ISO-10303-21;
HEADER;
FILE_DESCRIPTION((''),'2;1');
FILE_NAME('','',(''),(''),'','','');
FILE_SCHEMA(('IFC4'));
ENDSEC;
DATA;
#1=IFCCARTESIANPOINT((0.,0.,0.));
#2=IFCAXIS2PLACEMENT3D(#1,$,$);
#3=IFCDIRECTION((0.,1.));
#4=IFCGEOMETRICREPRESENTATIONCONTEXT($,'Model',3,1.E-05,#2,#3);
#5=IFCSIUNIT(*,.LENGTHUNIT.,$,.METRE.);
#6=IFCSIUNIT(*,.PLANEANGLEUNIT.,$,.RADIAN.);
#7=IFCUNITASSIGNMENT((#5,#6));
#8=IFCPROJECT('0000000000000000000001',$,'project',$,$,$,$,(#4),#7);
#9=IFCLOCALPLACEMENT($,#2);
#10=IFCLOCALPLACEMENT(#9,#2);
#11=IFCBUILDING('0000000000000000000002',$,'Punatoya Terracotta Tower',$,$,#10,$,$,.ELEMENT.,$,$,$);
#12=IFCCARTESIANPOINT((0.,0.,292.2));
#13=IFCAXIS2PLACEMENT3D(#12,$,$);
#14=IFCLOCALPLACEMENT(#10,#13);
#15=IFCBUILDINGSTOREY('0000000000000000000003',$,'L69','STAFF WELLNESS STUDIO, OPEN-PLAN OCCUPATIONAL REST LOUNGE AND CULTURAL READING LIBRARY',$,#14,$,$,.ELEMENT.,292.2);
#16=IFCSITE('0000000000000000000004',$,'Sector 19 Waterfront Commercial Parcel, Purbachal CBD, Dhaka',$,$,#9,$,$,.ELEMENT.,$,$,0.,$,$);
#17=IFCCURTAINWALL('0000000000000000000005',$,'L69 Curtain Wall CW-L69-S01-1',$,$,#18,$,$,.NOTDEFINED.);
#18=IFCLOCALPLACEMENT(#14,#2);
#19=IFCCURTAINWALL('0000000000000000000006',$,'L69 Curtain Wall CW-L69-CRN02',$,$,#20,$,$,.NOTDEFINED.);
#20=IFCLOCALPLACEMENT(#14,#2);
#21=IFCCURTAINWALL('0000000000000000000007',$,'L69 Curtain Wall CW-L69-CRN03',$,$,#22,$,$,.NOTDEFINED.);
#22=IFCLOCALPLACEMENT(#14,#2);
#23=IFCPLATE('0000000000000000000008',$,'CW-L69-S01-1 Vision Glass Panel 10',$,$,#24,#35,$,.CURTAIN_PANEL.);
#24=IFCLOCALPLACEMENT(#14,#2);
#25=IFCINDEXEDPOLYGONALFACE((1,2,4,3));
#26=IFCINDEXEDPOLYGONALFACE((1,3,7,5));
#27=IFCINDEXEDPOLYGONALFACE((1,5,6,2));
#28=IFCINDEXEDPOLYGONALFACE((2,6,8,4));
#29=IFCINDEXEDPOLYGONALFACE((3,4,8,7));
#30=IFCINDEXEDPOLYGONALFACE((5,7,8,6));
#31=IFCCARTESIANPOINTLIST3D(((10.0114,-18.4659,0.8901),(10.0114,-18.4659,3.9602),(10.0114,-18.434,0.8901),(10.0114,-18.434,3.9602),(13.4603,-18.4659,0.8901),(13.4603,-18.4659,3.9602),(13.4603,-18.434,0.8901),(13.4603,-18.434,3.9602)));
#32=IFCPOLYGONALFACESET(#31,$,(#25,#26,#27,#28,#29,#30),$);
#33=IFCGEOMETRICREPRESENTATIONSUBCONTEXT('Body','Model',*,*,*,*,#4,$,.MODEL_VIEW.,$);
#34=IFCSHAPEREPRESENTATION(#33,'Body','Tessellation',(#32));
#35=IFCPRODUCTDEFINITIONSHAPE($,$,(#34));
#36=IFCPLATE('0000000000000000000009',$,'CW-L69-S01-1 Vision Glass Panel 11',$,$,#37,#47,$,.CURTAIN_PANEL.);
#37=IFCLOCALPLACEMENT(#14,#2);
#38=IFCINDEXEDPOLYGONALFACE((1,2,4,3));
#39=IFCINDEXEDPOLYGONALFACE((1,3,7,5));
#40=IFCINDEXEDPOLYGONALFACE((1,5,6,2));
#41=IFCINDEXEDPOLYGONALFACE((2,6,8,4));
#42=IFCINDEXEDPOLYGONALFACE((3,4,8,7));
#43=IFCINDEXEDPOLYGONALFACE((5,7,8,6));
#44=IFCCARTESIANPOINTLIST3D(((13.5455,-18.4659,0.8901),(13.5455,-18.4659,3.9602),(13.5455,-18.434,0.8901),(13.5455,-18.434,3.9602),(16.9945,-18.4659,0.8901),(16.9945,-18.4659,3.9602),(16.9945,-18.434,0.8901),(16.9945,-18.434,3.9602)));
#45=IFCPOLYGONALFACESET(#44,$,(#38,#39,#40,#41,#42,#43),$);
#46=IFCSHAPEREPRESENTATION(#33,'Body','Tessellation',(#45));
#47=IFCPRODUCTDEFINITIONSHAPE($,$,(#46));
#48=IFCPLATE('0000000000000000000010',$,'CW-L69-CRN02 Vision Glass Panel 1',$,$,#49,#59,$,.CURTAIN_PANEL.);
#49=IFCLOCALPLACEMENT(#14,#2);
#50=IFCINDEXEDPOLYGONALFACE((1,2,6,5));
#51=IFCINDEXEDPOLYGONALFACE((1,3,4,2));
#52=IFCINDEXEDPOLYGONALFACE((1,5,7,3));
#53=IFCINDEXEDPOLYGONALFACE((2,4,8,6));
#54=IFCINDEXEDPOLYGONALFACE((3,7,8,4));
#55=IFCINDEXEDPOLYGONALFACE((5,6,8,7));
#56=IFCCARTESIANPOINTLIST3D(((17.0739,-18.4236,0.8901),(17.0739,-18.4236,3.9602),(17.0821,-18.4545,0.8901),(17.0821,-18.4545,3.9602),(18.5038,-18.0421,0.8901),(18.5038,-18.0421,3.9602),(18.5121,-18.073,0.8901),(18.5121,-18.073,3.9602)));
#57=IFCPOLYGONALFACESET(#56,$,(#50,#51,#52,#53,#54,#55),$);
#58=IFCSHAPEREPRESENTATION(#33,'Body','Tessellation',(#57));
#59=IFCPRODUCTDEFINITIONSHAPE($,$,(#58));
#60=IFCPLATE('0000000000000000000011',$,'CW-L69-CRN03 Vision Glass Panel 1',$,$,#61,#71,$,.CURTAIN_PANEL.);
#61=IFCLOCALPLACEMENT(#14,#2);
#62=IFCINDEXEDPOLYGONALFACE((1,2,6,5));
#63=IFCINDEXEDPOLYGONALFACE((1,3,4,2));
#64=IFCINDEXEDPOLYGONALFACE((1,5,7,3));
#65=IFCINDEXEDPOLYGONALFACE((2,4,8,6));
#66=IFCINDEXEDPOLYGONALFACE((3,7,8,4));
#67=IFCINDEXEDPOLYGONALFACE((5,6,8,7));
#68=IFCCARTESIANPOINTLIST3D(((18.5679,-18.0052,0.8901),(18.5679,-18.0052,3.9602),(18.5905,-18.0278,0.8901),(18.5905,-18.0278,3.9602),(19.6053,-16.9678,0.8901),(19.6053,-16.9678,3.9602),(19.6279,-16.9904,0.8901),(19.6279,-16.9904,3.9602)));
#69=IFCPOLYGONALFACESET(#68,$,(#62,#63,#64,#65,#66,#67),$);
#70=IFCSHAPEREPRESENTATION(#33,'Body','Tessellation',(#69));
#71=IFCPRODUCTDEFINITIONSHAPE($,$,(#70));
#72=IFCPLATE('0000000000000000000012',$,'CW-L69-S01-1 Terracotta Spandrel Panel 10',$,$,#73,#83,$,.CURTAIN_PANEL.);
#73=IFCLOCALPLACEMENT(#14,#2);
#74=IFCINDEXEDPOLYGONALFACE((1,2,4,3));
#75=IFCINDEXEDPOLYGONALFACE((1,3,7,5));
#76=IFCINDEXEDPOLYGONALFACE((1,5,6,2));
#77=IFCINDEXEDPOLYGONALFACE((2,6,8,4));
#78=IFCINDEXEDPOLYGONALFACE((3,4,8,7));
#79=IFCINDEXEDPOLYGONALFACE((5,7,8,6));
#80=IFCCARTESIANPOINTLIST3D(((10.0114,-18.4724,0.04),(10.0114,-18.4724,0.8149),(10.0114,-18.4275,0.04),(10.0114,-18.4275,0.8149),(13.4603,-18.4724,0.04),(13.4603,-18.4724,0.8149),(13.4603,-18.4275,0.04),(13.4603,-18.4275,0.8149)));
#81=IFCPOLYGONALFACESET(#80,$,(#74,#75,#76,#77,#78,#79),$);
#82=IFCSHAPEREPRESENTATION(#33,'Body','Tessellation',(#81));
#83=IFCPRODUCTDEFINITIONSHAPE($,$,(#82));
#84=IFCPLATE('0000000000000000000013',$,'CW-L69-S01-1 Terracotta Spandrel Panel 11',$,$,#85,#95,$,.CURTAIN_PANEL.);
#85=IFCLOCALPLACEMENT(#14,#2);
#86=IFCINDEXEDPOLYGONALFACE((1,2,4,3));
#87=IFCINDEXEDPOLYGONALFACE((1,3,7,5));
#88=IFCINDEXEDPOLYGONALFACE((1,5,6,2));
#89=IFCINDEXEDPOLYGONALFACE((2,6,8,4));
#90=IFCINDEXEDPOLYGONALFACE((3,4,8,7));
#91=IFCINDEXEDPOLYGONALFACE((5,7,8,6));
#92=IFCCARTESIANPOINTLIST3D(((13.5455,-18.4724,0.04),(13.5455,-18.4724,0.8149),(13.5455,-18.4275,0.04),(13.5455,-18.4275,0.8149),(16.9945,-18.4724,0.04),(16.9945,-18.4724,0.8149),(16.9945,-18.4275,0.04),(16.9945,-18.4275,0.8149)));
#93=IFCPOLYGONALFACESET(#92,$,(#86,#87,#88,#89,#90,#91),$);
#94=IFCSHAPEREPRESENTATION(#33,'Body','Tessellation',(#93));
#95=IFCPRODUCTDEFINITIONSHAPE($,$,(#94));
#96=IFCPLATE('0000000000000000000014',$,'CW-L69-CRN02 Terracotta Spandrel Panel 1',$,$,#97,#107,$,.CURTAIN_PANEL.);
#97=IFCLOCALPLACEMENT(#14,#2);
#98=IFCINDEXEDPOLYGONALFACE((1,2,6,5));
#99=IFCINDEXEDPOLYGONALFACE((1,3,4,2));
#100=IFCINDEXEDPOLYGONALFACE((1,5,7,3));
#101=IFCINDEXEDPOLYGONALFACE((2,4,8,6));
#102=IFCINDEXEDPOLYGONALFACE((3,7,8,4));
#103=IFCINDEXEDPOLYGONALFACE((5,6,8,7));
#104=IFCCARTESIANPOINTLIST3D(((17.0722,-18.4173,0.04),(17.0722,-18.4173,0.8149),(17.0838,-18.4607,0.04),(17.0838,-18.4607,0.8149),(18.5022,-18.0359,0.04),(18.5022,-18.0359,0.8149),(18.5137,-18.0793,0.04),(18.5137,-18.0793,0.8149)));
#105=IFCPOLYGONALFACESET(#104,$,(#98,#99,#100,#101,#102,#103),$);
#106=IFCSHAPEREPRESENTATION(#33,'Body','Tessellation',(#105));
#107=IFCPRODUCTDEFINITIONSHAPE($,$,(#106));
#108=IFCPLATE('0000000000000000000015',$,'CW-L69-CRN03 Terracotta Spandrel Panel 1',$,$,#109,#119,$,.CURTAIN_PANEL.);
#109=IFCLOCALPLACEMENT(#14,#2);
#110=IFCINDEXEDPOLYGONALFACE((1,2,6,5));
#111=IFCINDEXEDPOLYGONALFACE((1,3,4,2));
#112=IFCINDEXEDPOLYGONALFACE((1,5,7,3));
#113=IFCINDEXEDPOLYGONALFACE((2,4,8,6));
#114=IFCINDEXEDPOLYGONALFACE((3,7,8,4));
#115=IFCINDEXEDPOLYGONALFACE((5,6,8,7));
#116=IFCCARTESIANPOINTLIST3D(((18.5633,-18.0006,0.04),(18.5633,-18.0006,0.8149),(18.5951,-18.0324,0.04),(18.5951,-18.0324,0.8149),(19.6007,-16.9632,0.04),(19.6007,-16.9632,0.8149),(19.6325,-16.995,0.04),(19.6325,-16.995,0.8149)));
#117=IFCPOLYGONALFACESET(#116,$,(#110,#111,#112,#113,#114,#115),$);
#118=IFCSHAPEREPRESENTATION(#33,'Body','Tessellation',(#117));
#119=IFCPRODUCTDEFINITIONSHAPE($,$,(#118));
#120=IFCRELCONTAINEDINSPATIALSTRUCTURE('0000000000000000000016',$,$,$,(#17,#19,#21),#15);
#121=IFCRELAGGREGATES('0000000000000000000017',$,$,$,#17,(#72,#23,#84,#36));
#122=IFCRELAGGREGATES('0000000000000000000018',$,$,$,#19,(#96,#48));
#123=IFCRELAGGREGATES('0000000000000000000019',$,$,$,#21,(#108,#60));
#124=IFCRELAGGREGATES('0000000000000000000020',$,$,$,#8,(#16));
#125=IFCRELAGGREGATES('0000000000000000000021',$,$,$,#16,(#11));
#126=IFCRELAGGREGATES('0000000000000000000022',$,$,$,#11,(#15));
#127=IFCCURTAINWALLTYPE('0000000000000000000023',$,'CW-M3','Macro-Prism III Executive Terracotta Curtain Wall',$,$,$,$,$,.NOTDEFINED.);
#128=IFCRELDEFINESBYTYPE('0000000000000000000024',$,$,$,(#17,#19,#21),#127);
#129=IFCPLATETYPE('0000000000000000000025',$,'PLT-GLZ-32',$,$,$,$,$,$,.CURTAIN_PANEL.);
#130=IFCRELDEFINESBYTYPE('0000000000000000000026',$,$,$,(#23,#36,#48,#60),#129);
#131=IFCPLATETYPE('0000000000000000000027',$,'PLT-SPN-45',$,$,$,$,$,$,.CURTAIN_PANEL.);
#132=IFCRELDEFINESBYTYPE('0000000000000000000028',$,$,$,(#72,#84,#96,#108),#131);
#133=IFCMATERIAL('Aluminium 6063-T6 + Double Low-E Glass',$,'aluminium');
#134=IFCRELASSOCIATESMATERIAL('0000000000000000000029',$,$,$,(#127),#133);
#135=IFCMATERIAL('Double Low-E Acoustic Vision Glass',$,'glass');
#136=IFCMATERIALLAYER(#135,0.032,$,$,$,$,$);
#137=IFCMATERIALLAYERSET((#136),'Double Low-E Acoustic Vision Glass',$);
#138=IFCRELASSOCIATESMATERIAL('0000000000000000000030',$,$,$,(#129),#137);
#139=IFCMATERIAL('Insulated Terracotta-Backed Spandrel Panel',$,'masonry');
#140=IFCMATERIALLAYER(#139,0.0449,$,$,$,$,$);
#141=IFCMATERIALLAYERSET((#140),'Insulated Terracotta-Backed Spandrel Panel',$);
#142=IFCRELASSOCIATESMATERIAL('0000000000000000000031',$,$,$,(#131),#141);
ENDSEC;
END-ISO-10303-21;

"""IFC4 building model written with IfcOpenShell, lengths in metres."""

from ifc_helpers import new_model, si_unit, direction, frame, origin, origin_2d, place, context, subcontext, project, spatial, rectangle, extrude, material, layer, layer_set, type_object, element, aggregate, save


model = new_model("IFC4")

# Units and contexts
model_context = context("Model", 3, precision=1e-05, world=origin(), true_north=direction((0.0, 1.0)))
body_context = subcontext(model_context, "Body", "Model", "MODEL_VIEW")
ifc_project = project(units=[si_unit("LENGTHUNIT", "METRE"), si_unit("PLANEANGLEUNIT", "RADIAN")], contexts=[model_context])

# Site, building, storey
site_placement = place(None, origin())
site = spatial("IfcSite", under=ifc_project, at=site_placement, Name="Sector 19 Waterfront Commercial Parcel, Purbachal CBD, Dhaka", CompositionType="ELEMENT", RefElevation=0.0)
building_placement = place(site_placement, origin())
building = spatial("IfcBuilding", under=site, at=building_placement, Name="Punatoya Terracotta Tower", CompositionType="ELEMENT")
storey_placement = place(building_placement, frame((0.0, 0.0, 292.2)))
storey = spatial("IfcBuildingStorey", under=building, at=storey_placement, Name="L69", Description="STAFF WELLNESS STUDIO, OPEN-PLAN OCCUPATIONAL REST LOUNGE AND CULTURAL READING LIBRARY", CompositionType="ELEMENT", Elevation=292.2)

# Curtain walls
ifc_material_1 = material(Name="Aluminium 6063-T6 + Double Low-E Glass", Category="aluminium")
curtain_wall_type = type_object("IfcCurtainWallType", Name="CW-M3", Description="Macro-Prism III Executive Terracotta Curtain Wall", PredefinedType="NOTDEFINED", material=ifc_material_1)
curtain_wall_1_placement = place(storey_placement, origin())
curtain_wall_1 = element("IfcCurtainWall", 1, at=curtain_wall_1_placement, inside=storey, type_object=curtain_wall_type, Name="L69 Curtain Wall CW-L69-S01-1", PredefinedType="NOTDEFINED")
curtain_wall_2_placement = place(storey_placement, origin())
curtain_wall_2 = element("IfcCurtainWall", 2, at=curtain_wall_2_placement, inside=storey, type_object=curtain_wall_type, Name="L69 Curtain Wall CW-L69-CRN02", PredefinedType="NOTDEFINED")
curtain_wall_3_placement = place(storey_placement, origin())
curtain_wall_3 = element("IfcCurtainWall", 3, at=curtain_wall_3_placement, inside=storey, type_object=curtain_wall_type, Name="L69 Curtain Wall CW-L69-CRN03", PredefinedType="NOTDEFINED")

# Plates
ifc_material_2 = material(Name="Double Low-E Acoustic Vision Glass", Category="glass")
ifc_layer_1 = layer(ifc_material_2, 0.032)
ifc_layer_set_1 = layer_set([ifc_layer_1], Name="Double Low-E Acoustic Vision Glass")
plate_type_1 = type_object("IfcPlateType", Name="PLT-GLZ-32", PredefinedType="CURTAIN_PANEL", material=ifc_layer_set_1)
plate_1_placement = place(storey_placement, frame((11.7358, -18.45, 0.8901), z_axis=(0.0, 0.0, 1.0), x_axis=(1.0, 0.0, 0.0)))
plate_1 = element("IfcPlate", 4, at=plate_1_placement, type_object=plate_type_1, Name="CW-L69-S01-1 Vision Glass Panel 10", PredefinedType="CURTAIN_PANEL", context=body_context, shape_type="SweptSolid", body=[
    extrude(rectangle(XDim=3.449, YDim=0.032, at=origin_2d()), origin(), (0.0, 0.0, 1.0), 3.0701),
])
plate_2_placement = place(storey_placement, frame((15.27, -18.45, 0.8901), z_axis=(0.0, 0.0, 1.0), x_axis=(1.0, 0.0, 0.0)))
plate_2 = element("IfcPlate", 5, at=plate_2_placement, type_object=plate_type_1, Name="CW-L69-S01-1 Vision Glass Panel 11", PredefinedType="CURTAIN_PANEL", context=body_context, shape_type="SweptSolid", body=[
    extrude(rectangle(XDim=3.449, YDim=0.032, at=origin_2d()), origin(), (0.0, 0.0, 1.0), 3.0701),
])
plate_3_placement = place(storey_placement, frame((17.793, -18.2483, 0.8901), z_axis=(0.0, 0.0, 1.0), x_axis=(0.966214, 0.257742, 0.0)))
plate_3 = element("IfcPlate", 6, at=plate_3_placement, type_object=plate_type_1, Name="CW-L69-CRN02 Vision Glass Panel 1", PredefinedType="CURTAIN_PANEL", context=body_context, shape_type="SweptSolid", body=[
    extrude(rectangle(XDim=1.48, YDim=0.032, at=origin_2d()), origin(), (0.0, 0.0, 1.0), 3.0701),
])
plate_4_placement = place(storey_placement, frame((19.0979, -17.4978, 0.8901), z_axis=(0.0, 0.0, 1.0), x_axis=(0.707107, 0.707107, 0.0)))
plate_4 = element("IfcPlate", 7, at=plate_4_placement, type_object=plate_type_1, Name="CW-L69-CRN03 Vision Glass Panel 1", PredefinedType="CURTAIN_PANEL", context=body_context, shape_type="SweptSolid", body=[
    extrude(rectangle(XDim=1.467, YDim=0.032, at=origin_2d()), origin(), (0.0, 0.0, 1.0), 3.0701),
])
ifc_material_3 = material(Name="Insulated Terracotta-Backed Spandrel Panel", Category="masonry")
ifc_layer_2 = layer(ifc_material_3, 0.0449)
ifc_layer_set_2 = layer_set([ifc_layer_2], Name="Insulated Terracotta-Backed Spandrel Panel")
plate_type_2 = type_object("IfcPlateType", Name="PLT-SPN-45", PredefinedType="CURTAIN_PANEL", material=ifc_layer_set_2)
plate_5_placement = place(storey_placement, frame((11.7358, -18.45, 0.04), z_axis=(0.0, 0.0, 1.0), x_axis=(1.0, 0.0, 0.0)))
plate_5 = element("IfcPlate", 8, at=plate_5_placement, type_object=plate_type_2, Name="CW-L69-S01-1 Terracotta Spandrel Panel 10", PredefinedType="CURTAIN_PANEL", context=body_context, shape_type="SweptSolid", body=[
    extrude(rectangle(XDim=3.449, YDim=0.0449, at=origin_2d()), origin(), (0.0, 0.0, 1.0), 0.7749),
])
plate_6_placement = place(storey_placement, frame((15.27, -18.45, 0.04), z_axis=(0.0, 0.0, 1.0), x_axis=(1.0, 0.0, 0.0)))
plate_6 = element("IfcPlate", 9, at=plate_6_placement, type_object=plate_type_2, Name="CW-L69-S01-1 Terracotta Spandrel Panel 11", PredefinedType="CURTAIN_PANEL", context=body_context, shape_type="SweptSolid", body=[
    extrude(rectangle(XDim=3.449, YDim=0.0449, at=origin_2d()), origin(), (0.0, 0.0, 1.0), 0.7749),
])
aggregate(curtain_wall_1, [plate_5, plate_1, plate_6, plate_2])
plate_7_placement = place(storey_placement, frame((17.793, -18.2483, 0.04), z_axis=(0.0, 0.0, 1.0), x_axis=(0.966214, 0.257742, 0.0)))
plate_7 = element("IfcPlate", 10, at=plate_7_placement, type_object=plate_type_2, Name="CW-L69-CRN02 Terracotta Spandrel Panel 1", PredefinedType="CURTAIN_PANEL", context=body_context, shape_type="SweptSolid", body=[
    extrude(rectangle(XDim=1.48, YDim=0.0449, at=origin_2d()), origin(), (0.0, 0.0, 1.0), 0.7749),
])
aggregate(curtain_wall_2, [plate_7, plate_3])
plate_8_placement = place(storey_placement, frame((19.0979, -17.4978, 0.04), z_axis=(0.0, 0.0, 1.0), x_axis=(0.707107, 0.707107, 0.0)))
plate_8 = element("IfcPlate", 11, at=plate_8_placement, type_object=plate_type_2, Name="CW-L69-CRN03 Terracotta Spandrel Panel 1", PredefinedType="CURTAIN_PANEL", context=body_context, shape_type="SweptSolid", body=[
    extrude(rectangle(XDim=1.467, YDim=0.0449, at=origin_2d()), origin(), (0.0, 0.0, 1.0), 0.7749),
])
aggregate(curtain_wall_3, [plate_8, plate_4])

save(model, "model.ifc")
